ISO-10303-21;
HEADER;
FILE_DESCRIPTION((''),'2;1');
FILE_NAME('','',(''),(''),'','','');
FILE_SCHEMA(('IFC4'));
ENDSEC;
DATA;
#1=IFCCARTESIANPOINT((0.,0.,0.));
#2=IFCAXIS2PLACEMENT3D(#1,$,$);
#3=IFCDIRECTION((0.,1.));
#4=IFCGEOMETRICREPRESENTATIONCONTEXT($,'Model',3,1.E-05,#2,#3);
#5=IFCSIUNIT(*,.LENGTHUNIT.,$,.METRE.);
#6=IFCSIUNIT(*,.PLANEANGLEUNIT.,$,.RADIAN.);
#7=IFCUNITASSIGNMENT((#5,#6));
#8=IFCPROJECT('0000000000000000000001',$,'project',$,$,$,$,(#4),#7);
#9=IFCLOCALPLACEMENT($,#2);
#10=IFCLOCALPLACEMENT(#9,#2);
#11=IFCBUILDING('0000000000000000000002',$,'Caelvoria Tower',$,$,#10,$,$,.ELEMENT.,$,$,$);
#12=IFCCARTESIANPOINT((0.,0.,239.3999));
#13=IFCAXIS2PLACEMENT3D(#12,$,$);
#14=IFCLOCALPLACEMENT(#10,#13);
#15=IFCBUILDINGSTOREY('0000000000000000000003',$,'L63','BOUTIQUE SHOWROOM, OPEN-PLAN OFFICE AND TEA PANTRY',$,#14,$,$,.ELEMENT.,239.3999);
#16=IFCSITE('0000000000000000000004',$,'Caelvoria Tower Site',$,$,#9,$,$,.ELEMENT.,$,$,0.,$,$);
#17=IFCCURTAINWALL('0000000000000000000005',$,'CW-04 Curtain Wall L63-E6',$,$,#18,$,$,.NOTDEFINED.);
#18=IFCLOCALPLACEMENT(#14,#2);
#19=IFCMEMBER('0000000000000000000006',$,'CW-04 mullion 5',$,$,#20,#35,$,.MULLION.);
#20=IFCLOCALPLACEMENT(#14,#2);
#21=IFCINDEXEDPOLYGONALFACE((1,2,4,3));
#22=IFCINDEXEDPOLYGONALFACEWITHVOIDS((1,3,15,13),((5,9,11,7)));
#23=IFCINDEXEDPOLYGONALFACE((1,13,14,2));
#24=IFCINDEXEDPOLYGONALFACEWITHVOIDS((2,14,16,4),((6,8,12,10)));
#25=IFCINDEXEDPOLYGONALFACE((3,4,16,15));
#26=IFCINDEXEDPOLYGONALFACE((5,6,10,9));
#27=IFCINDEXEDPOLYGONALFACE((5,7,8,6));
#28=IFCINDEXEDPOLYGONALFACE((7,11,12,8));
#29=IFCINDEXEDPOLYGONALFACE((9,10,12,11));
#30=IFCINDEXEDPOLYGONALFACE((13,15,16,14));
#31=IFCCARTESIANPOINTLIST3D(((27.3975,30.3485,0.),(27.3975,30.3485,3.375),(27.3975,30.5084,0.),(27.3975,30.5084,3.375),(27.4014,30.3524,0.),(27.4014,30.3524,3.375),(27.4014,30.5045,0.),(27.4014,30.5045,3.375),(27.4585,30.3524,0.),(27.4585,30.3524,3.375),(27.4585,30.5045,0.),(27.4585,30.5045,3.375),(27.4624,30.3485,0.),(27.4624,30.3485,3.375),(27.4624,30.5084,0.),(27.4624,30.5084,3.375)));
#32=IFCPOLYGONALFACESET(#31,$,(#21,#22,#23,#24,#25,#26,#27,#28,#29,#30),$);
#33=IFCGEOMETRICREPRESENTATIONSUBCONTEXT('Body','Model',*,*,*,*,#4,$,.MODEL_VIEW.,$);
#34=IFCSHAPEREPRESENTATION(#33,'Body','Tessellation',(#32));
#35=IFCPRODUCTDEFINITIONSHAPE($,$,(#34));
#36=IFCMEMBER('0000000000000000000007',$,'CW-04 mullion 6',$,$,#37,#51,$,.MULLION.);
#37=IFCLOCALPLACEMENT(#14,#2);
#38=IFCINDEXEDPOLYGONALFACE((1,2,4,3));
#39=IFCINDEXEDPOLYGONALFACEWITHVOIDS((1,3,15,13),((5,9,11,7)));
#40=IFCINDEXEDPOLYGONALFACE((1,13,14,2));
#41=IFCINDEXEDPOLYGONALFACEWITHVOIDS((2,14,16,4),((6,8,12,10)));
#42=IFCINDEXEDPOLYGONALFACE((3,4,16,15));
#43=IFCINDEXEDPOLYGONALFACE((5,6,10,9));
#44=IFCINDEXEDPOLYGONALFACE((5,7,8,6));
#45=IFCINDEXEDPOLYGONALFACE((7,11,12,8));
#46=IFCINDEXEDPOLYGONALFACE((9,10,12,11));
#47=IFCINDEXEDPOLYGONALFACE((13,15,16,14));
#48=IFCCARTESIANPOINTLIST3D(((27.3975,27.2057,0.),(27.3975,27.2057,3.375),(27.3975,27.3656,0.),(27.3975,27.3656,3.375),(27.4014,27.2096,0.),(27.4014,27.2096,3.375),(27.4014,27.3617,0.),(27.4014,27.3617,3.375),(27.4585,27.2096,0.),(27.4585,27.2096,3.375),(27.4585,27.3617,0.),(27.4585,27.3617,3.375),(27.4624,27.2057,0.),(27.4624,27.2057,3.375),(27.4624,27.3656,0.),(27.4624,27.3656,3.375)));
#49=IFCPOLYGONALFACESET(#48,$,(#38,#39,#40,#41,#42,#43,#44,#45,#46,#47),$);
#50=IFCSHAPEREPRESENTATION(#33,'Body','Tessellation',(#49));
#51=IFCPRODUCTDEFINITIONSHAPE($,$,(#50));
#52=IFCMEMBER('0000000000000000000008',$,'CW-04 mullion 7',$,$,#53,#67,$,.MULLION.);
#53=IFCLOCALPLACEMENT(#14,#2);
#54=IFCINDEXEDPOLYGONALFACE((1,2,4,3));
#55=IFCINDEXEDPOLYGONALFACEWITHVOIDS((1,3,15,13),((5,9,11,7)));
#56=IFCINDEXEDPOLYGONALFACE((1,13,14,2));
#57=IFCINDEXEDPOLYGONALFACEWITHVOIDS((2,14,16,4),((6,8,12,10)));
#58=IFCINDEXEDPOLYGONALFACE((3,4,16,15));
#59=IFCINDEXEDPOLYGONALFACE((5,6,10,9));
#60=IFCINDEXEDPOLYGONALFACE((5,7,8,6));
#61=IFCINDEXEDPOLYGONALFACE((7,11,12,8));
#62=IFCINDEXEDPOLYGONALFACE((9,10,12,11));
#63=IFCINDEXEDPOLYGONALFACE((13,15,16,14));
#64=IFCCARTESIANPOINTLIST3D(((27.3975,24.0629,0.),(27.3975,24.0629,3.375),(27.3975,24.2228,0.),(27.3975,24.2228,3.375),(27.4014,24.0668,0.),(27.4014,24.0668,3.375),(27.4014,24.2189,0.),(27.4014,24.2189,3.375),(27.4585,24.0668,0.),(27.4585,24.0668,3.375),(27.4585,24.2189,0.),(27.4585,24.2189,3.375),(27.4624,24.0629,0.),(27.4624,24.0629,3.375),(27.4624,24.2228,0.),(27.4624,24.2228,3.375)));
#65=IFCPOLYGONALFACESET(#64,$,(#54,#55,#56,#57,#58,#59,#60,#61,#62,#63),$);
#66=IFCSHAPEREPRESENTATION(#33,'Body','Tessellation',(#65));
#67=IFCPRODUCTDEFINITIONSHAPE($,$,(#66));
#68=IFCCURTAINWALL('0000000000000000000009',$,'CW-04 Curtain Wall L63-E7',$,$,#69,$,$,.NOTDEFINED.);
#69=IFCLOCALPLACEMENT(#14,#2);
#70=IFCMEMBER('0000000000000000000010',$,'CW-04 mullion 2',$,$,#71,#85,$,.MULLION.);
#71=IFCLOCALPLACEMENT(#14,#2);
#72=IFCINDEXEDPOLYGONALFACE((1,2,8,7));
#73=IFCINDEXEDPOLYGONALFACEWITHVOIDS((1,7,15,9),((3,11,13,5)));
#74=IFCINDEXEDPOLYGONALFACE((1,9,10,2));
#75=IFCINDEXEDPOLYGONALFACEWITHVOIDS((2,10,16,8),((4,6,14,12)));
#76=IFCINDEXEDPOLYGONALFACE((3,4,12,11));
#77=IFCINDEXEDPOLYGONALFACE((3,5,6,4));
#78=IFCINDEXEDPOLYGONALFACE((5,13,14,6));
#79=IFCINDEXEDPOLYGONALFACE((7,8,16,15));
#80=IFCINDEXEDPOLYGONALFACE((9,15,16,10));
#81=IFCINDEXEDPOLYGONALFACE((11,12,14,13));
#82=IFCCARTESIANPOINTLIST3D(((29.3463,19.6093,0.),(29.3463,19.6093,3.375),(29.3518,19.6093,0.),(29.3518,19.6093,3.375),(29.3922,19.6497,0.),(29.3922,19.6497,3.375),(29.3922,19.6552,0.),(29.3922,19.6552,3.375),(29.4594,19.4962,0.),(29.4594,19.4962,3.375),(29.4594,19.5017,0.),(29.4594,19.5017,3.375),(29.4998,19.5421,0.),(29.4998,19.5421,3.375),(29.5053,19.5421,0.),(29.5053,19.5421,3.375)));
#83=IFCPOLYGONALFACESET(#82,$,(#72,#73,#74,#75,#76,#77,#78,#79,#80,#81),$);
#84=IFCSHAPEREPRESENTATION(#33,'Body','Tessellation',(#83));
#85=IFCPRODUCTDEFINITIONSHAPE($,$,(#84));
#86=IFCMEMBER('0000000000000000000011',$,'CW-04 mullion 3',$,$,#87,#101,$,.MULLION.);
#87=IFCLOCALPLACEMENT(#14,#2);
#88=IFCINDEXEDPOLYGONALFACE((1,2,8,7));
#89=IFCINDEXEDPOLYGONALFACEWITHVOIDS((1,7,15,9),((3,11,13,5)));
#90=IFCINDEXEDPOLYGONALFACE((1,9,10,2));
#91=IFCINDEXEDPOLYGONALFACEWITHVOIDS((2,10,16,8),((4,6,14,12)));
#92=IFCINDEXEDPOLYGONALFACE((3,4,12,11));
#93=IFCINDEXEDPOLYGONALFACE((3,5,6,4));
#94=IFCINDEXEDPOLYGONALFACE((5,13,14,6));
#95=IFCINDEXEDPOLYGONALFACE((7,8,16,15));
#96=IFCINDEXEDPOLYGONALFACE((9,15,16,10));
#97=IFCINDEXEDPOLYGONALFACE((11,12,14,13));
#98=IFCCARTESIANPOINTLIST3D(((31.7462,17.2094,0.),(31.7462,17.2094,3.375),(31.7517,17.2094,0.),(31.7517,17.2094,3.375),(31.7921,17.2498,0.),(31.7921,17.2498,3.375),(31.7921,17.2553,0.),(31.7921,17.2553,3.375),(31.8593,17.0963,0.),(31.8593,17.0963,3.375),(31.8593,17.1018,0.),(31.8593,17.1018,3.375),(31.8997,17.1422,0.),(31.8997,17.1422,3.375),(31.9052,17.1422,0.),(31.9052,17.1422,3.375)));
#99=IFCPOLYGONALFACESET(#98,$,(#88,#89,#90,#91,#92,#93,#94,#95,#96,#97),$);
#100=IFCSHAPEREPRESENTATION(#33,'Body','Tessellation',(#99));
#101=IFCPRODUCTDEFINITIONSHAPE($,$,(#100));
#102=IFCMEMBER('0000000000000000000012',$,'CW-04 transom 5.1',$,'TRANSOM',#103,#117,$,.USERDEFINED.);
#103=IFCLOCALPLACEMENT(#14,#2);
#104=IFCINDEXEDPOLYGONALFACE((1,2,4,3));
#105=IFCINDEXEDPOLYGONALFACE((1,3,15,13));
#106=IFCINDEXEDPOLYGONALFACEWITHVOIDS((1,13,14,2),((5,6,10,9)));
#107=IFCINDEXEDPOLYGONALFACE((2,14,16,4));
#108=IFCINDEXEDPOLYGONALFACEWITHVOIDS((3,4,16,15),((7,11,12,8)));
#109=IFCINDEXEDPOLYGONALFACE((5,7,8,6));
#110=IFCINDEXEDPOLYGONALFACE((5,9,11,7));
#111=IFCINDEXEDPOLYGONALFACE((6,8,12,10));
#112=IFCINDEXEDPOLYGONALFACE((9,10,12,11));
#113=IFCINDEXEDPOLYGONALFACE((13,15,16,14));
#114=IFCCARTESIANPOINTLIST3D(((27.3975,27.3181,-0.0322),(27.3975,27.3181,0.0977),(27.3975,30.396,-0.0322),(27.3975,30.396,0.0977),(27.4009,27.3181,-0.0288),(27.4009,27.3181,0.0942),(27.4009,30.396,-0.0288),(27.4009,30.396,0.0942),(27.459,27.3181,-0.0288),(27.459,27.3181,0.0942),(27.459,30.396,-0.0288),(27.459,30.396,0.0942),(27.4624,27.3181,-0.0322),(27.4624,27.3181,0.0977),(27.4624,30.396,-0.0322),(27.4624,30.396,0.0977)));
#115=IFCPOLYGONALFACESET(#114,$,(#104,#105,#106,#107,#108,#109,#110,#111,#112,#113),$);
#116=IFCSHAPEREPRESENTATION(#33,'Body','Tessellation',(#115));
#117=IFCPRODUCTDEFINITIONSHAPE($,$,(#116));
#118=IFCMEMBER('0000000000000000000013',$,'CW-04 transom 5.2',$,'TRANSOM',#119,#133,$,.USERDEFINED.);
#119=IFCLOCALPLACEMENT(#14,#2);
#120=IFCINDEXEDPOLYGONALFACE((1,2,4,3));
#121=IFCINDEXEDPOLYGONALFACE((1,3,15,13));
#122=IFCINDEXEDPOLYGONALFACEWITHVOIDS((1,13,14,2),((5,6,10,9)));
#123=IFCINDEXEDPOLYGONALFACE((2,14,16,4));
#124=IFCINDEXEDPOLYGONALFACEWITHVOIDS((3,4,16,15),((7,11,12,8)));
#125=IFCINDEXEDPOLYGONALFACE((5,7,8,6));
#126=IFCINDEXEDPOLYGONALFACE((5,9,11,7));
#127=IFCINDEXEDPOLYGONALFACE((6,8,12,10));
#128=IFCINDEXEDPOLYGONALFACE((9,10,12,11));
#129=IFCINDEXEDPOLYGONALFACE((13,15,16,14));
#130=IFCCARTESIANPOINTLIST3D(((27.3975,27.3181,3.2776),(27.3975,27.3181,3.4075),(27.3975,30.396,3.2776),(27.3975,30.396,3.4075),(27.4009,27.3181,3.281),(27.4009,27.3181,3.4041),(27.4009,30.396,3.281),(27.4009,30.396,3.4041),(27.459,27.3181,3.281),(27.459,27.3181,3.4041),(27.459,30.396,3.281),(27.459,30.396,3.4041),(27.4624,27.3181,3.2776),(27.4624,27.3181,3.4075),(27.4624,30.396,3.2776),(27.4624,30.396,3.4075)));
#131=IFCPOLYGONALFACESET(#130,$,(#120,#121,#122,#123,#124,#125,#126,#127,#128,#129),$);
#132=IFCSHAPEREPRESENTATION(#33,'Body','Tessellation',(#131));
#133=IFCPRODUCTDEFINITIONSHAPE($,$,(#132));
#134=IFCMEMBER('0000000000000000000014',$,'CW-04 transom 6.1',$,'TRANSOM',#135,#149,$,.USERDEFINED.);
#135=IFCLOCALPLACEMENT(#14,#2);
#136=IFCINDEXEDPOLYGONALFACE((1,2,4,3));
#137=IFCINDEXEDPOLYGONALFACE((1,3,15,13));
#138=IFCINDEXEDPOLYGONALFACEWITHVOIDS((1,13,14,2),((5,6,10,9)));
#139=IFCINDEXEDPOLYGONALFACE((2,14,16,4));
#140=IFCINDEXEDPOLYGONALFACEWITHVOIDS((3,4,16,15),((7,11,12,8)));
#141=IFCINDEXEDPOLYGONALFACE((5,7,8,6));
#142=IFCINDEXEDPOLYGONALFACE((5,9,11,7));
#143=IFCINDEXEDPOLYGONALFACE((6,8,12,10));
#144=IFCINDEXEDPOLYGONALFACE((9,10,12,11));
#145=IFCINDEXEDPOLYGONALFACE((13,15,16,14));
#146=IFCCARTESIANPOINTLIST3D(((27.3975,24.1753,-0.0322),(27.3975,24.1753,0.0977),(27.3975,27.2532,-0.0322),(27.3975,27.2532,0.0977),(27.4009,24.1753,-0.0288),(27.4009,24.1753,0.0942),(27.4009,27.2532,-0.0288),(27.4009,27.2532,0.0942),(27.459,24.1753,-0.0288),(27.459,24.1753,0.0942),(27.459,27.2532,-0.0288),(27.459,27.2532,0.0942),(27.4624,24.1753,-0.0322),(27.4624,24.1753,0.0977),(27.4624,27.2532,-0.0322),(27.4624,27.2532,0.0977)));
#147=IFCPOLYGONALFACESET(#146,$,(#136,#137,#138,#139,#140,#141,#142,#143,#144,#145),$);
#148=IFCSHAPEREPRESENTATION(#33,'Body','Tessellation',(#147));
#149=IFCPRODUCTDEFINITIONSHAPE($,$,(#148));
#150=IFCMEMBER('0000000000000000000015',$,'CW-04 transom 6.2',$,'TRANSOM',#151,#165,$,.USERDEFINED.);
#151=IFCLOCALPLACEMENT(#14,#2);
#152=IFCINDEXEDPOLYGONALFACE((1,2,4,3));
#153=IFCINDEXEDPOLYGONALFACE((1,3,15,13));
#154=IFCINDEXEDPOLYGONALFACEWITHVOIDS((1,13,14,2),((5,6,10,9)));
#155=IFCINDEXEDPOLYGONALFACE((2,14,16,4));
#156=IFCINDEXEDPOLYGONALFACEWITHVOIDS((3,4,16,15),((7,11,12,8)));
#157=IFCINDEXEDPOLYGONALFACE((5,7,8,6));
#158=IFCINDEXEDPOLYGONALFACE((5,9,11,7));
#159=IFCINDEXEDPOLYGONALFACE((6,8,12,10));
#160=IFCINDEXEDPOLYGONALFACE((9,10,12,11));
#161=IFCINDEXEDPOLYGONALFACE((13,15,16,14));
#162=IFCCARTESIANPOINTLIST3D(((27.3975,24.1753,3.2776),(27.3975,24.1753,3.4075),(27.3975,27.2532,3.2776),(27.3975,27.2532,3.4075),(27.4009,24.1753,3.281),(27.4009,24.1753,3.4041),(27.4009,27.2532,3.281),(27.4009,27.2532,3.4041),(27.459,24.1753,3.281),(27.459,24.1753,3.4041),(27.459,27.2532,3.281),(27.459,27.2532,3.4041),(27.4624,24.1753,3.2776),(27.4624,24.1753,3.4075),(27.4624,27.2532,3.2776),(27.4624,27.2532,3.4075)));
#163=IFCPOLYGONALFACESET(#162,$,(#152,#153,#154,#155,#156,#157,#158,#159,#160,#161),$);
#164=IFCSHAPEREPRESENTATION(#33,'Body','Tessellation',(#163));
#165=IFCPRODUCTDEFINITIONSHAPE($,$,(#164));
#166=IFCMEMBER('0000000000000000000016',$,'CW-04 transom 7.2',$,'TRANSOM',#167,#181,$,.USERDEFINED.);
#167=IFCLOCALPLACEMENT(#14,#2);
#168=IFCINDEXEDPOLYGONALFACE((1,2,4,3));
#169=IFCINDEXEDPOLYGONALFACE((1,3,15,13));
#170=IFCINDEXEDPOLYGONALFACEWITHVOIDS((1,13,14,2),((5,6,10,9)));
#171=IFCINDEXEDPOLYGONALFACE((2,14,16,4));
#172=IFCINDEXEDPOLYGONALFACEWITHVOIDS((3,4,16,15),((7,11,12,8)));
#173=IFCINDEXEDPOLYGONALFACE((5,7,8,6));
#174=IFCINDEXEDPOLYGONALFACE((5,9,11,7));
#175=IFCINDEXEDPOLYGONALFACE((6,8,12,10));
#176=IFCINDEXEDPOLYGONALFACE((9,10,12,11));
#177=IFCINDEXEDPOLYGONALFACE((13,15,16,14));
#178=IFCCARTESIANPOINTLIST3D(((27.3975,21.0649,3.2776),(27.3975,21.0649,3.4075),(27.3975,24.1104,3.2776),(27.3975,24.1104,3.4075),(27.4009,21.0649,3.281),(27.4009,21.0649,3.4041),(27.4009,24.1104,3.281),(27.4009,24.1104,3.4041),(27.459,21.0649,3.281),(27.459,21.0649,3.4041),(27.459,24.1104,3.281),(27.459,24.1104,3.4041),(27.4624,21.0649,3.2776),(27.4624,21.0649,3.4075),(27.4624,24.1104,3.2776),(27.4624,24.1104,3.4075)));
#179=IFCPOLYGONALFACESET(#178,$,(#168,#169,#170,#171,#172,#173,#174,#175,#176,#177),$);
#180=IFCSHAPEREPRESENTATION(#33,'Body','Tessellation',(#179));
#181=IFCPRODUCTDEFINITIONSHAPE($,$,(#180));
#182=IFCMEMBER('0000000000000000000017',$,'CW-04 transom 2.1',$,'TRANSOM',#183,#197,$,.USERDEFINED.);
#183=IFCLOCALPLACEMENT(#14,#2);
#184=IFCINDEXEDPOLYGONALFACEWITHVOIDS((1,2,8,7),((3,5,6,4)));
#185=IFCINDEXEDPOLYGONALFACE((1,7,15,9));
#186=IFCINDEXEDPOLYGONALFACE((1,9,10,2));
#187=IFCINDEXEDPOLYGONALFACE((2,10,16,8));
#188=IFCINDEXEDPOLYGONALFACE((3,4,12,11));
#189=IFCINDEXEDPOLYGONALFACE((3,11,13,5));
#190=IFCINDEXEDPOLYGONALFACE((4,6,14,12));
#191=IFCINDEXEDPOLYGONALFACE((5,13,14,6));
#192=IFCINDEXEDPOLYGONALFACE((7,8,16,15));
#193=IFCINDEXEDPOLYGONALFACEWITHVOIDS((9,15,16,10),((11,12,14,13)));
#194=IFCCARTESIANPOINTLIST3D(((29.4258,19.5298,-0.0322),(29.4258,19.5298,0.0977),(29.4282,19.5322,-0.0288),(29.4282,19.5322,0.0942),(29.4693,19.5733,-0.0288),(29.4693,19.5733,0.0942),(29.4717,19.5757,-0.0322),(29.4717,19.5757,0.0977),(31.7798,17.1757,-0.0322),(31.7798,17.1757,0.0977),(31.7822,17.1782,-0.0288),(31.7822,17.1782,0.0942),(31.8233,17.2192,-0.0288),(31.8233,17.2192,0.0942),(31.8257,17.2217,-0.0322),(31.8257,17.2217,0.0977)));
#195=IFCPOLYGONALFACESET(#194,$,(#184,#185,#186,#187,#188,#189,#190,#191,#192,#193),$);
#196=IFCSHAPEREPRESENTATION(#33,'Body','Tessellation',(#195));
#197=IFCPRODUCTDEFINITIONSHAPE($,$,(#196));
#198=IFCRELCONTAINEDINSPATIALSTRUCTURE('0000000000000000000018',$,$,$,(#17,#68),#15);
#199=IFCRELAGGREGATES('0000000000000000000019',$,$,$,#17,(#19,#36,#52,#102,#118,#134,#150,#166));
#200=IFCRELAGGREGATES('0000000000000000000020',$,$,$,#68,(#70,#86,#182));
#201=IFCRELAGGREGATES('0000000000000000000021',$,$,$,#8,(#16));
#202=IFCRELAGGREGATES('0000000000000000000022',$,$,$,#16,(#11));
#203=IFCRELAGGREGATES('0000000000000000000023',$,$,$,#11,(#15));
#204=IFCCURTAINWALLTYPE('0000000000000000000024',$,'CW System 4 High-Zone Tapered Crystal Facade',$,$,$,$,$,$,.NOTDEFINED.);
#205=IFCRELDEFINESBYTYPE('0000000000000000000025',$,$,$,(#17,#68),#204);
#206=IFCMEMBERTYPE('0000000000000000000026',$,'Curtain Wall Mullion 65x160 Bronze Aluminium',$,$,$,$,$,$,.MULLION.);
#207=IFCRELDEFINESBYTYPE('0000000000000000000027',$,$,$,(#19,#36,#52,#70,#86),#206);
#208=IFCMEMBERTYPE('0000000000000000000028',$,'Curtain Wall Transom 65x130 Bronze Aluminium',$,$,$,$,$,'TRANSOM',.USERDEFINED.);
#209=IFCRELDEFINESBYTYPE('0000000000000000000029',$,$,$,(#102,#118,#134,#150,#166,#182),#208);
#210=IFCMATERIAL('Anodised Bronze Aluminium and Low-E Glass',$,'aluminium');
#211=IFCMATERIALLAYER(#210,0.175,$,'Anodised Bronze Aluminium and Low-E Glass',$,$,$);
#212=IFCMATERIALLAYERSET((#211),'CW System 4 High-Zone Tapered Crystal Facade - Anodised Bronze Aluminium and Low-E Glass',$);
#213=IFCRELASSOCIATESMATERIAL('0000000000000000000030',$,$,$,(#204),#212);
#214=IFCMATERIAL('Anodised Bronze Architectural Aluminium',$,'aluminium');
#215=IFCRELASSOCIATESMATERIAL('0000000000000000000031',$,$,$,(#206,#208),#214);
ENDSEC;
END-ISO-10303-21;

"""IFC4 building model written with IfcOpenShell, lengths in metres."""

from ifc_helpers import new_model, si_unit, direction, frame, origin, origin_2d, place, context, subcontext, project, spatial, hollow_rectangle, extrude, material, layer, layer_set, material_profile, profile_set, type_object, element, aggregate, save


model = new_model("IFC4")

# Units and contexts
model_context = context("Model", 3, precision=1e-05, world=origin(), true_north=direction((0.0, 1.0)))
body_context = subcontext(model_context, "Body", "Model", "MODEL_VIEW")
ifc_project = project(units=[si_unit("LENGTHUNIT", "METRE"), si_unit("PLANEANGLEUNIT", "RADIAN")], contexts=[model_context])

# Site, building, storey
site_placement = place(None, origin())
site = spatial("IfcSite", under=ifc_project, at=site_placement, Name="Caelvoria Tower Site", CompositionType="ELEMENT", RefElevation=0.0)
building_placement = place(site_placement, origin())
building = spatial("IfcBuilding", under=site, at=building_placement, Name="Caelvoria Tower", CompositionType="ELEMENT")
storey_placement = place(building_placement, frame((0.0, 0.0, 239.3999)))
storey = spatial("IfcBuildingStorey", under=building, at=storey_placement, Name="L63", Description="BOUTIQUE SHOWROOM, OPEN-PLAN OFFICE AND TEA PANTRY", CompositionType="ELEMENT", Elevation=239.3999)

# Curtain walls, members
ifc_material_1 = material(Name="Anodised Bronze Aluminium and Low-E Glass", Category="aluminium")
ifc_layer_1 = layer(ifc_material_1, 0.175, Name="Anodised Bronze Aluminium and Low-E Glass")
ifc_layer_set_1 = layer_set([ifc_layer_1], Name="CW System 4 High-Zone Tapered Crystal Facade - Anodised Bronze Aluminium and Low-E Glass")
curtain_wall_type = type_object("IfcCurtainWallType", Name="CW System 4 High-Zone Tapered Crystal Facade", PredefinedType="NOTDEFINED", material=ifc_layer_set_1)
curtain_wall_1_placement = place(storey_placement, origin())
curtain_wall_1 = element("IfcCurtainWall", 1, at=curtain_wall_1_placement, inside=storey, type_object=curtain_wall_type, Name="CW-04 Curtain Wall L63-E6", PredefinedType="NOTDEFINED")
ifc_material_2 = material(Name="Anodised Bronze Architectural Aluminium", Category="aluminium")
ifc_material_profile_1 = material_profile(ifc_material_2, hollow_rectangle(XDim=0.0649, YDim=0.1599, WallThickness=0.0039, at=origin_2d()), Name="Anodised Bronze Architectural Aluminium")
ifc_profile_set_1 = profile_set([ifc_material_profile_1], Name="CW_MULL_65X160 - Anodised Bronze Architectural Aluminium")
member_type_1 = type_object("IfcMemberType", Name="Curtain Wall Mullion 65x160 Bronze Aluminium", PredefinedType="MULLION", material=ifc_profile_set_1)
member_1_placement = place(storey_placement, frame((27.4299, 30.4285, 0.0), z_axis=(0.0, 0.0, 1.0), x_axis=(1.0, 0.0, 0.0)))
member_1 = element("IfcMember", 2, at=member_1_placement, type_object=member_type_1, Name="CW-04 mullion 5", PredefinedType="MULLION", context=body_context, shape_type="SweptSolid", body=[
    extrude(hollow_rectangle(XDim=0.0649, YDim=0.1599, WallThickness=0.0039, at=origin_2d()), origin(), (0.0, 0.0, 1.0), 3.375),
])
member_2_placement = place(storey_placement, frame((27.4299, 27.2856, 0.0), z_axis=(0.0, 0.0, 1.0), x_axis=(1.0, 0.0, 0.0)))
member_2 = element("IfcMember", 3, at=member_2_placement, type_object=member_type_1, Name="CW-04 mullion 6", PredefinedType="MULLION", context=body_context, shape_type="SweptSolid", body=[
    extrude(hollow_rectangle(XDim=0.0649, YDim=0.1599, WallThickness=0.0039, at=origin_2d()), origin(), (0.0, 0.0, 1.0), 3.375),
])
member_3_placement = place(storey_placement, frame((27.4299, 24.1428, 0.0), z_axis=(0.0, 0.0, 1.0), x_axis=(1.0, 0.0, 0.0)))
member_3 = element("IfcMember", 4, at=member_3_placement, type_object=member_type_1, Name="CW-04 mullion 7", PredefinedType="MULLION", context=body_context, shape_type="SweptSolid", body=[
    extrude(hollow_rectangle(XDim=0.0649, YDim=0.1599, WallThickness=0.0039, at=origin_2d()), origin(), (0.0, 0.0, 1.0), 3.375),
])
curtain_wall_2_placement = place(storey_placement, origin())
curtain_wall_2 = element("IfcCurtainWall", 5, at=curtain_wall_2_placement, inside=storey, type_object=curtain_wall_type, Name="CW-04 Curtain Wall L63-E7", PredefinedType="NOTDEFINED")
member_4_placement = place(storey_placement, frame((29.4258, 19.5757, 0.0), z_axis=(0.0, 0.0, 1.0), x_axis=(0.707107, 0.707107, 0.0)))
member_4 = element("IfcMember", 6, at=member_4_placement, type_object=member_type_1, Name="CW-04 mullion 2", PredefinedType="MULLION", context=body_context, shape_type="SweptSolid", body=[
    extrude(hollow_rectangle(XDim=0.0649, YDim=0.1599, WallThickness=0.0039, at=origin_2d()), origin(), (0.0, 0.0, 1.0), 3.375),
])
member_5_placement = place(storey_placement, frame((31.8257, 17.1758, 0.0), z_axis=(0.0, 0.0, 1.0), x_axis=(0.707107, 0.707107, 0.0)))
member_5 = element("IfcMember", 7, at=member_5_placement, type_object=member_type_1, Name="CW-04 mullion 3", PredefinedType="MULLION", context=body_context, shape_type="SweptSolid", body=[
    extrude(hollow_rectangle(XDim=0.0649, YDim=0.1599, WallThickness=0.0039, at=origin_2d()), origin(), (0.0, 0.0, 1.0), 3.375),
])

# Members
ifc_material_profile_2 = material_profile(ifc_material_2, hollow_rectangle(XDim=0.0649, YDim=0.1299, WallThickness=0.0034, at=origin_2d()), Name="Anodised Bronze Architectural Aluminium")
ifc_profile_set_2 = profile_set([ifc_material_profile_2], Name="CW_TRAN_65X130 - Anodised Bronze Architectural Aluminium")
member_type_2 = type_object("IfcMemberType", Name="Curtain Wall Transom 65x130 Bronze Aluminium", ElementType="TRANSOM", PredefinedType="USERDEFINED", material=ifc_profile_set_2)
member_6_placement = place(storey_placement, frame((27.4299, 30.396, 0.0327), z_axis=(0.0, -1.0, 0.0), x_axis=(1.0, 0.0, 0.0)))
member_6 = element("IfcMember", 8, at=member_6_placement, type_object=member_type_2, Name="CW-04 transom 5.1", ObjectType="TRANSOM", PredefinedType="USERDEFINED", context=body_context, shape_type="SweptSolid", body=[
    extrude(hollow_rectangle(XDim=0.0649, YDim=0.1299, WallThickness=0.0034, at=origin_2d()), origin(), (0.0, 0.0, 1.0), 3.0779),
])
member_7_placement = place(storey_placement, frame((27.4299, 30.396, 3.3425), z_axis=(0.0, -1.0, 0.0), x_axis=(1.0, 0.0, 0.0)))
member_7 = element("IfcMember", 9, at=member_7_placement, type_object=member_type_2, Name="CW-04 transom 5.2", ObjectType="TRANSOM", PredefinedType="USERDEFINED", context=body_context, shape_type="SweptSolid", body=[
    extrude(hollow_rectangle(XDim=0.0649, YDim=0.1299, WallThickness=0.0034, at=origin_2d()), origin(), (0.0, 0.0, 1.0), 3.0779),
])
member_8_placement = place(storey_placement, frame((27.4299, 27.2532, 0.0327), z_axis=(0.0, -1.0, 0.0), x_axis=(1.0, 0.0, 0.0)))
member_8 = element("IfcMember", 10, at=member_8_placement, type_object=member_type_2, Name="CW-04 transom 6.1", ObjectType="TRANSOM", PredefinedType="USERDEFINED", context=body_context, shape_type="SweptSolid", body=[
    extrude(hollow_rectangle(XDim=0.0649, YDim=0.1299, WallThickness=0.0034, at=origin_2d()), origin(), (0.0, 0.0, 1.0), 3.0779),
])
member_9_placement = place(storey_placement, frame((27.4299, 27.2532, 3.3425), z_axis=(0.0, -1.0, 0.0), x_axis=(1.0, 0.0, 0.0)))
member_9 = element("IfcMember", 11, at=member_9_placement, type_object=member_type_2, Name="CW-04 transom 6.2", ObjectType="TRANSOM", PredefinedType="USERDEFINED", context=body_context, shape_type="SweptSolid", body=[
    extrude(hollow_rectangle(XDim=0.0649, YDim=0.1299, WallThickness=0.0034, at=origin_2d()), origin(), (0.0, 0.0, 1.0), 3.0779),
])
member_10_placement = place(storey_placement, frame((27.4299, 24.1104, 3.3425), z_axis=(0.0, -1.0, 0.0), x_axis=(1.0, 0.0, 0.0)))
member_10 = element("IfcMember", 12, at=member_10_placement, type_object=member_type_2, Name="CW-04 transom 7.2", ObjectType="TRANSOM", PredefinedType="USERDEFINED", context=body_context, shape_type="SweptSolid", body=[
    extrude(hollow_rectangle(XDim=0.0649, YDim=0.1299, WallThickness=0.0034, at=origin_2d()), origin(), (0.0, 0.0, 1.0), 3.0454),
])
member_11_placement = place(storey_placement, frame((29.4487, 19.5527, 0.0327), z_axis=(0.707107, -0.707107, 0.0), x_axis=(0.707107, 0.707107, 0.0)))
member_11 = element("IfcMember", 13, at=member_11_placement, type_object=member_type_2, Name="CW-04 transom 2.1", ObjectType="TRANSOM", PredefinedType="USERDEFINED", context=body_context, shape_type="SweptSolid", body=[
    extrude(hollow_rectangle(XDim=0.0649, YDim=0.1299, WallThickness=0.0034, at=origin_2d()), origin(), (0.0, 0.0, 1.0), 3.3291),
])

aggregate(curtain_wall_1, [member_1, member_2, member_3, member_6, member_7, member_8, member_9, member_10])
aggregate(curtain_wall_2, [member_4, member_5, member_11])

save(model, "model.ifc")
